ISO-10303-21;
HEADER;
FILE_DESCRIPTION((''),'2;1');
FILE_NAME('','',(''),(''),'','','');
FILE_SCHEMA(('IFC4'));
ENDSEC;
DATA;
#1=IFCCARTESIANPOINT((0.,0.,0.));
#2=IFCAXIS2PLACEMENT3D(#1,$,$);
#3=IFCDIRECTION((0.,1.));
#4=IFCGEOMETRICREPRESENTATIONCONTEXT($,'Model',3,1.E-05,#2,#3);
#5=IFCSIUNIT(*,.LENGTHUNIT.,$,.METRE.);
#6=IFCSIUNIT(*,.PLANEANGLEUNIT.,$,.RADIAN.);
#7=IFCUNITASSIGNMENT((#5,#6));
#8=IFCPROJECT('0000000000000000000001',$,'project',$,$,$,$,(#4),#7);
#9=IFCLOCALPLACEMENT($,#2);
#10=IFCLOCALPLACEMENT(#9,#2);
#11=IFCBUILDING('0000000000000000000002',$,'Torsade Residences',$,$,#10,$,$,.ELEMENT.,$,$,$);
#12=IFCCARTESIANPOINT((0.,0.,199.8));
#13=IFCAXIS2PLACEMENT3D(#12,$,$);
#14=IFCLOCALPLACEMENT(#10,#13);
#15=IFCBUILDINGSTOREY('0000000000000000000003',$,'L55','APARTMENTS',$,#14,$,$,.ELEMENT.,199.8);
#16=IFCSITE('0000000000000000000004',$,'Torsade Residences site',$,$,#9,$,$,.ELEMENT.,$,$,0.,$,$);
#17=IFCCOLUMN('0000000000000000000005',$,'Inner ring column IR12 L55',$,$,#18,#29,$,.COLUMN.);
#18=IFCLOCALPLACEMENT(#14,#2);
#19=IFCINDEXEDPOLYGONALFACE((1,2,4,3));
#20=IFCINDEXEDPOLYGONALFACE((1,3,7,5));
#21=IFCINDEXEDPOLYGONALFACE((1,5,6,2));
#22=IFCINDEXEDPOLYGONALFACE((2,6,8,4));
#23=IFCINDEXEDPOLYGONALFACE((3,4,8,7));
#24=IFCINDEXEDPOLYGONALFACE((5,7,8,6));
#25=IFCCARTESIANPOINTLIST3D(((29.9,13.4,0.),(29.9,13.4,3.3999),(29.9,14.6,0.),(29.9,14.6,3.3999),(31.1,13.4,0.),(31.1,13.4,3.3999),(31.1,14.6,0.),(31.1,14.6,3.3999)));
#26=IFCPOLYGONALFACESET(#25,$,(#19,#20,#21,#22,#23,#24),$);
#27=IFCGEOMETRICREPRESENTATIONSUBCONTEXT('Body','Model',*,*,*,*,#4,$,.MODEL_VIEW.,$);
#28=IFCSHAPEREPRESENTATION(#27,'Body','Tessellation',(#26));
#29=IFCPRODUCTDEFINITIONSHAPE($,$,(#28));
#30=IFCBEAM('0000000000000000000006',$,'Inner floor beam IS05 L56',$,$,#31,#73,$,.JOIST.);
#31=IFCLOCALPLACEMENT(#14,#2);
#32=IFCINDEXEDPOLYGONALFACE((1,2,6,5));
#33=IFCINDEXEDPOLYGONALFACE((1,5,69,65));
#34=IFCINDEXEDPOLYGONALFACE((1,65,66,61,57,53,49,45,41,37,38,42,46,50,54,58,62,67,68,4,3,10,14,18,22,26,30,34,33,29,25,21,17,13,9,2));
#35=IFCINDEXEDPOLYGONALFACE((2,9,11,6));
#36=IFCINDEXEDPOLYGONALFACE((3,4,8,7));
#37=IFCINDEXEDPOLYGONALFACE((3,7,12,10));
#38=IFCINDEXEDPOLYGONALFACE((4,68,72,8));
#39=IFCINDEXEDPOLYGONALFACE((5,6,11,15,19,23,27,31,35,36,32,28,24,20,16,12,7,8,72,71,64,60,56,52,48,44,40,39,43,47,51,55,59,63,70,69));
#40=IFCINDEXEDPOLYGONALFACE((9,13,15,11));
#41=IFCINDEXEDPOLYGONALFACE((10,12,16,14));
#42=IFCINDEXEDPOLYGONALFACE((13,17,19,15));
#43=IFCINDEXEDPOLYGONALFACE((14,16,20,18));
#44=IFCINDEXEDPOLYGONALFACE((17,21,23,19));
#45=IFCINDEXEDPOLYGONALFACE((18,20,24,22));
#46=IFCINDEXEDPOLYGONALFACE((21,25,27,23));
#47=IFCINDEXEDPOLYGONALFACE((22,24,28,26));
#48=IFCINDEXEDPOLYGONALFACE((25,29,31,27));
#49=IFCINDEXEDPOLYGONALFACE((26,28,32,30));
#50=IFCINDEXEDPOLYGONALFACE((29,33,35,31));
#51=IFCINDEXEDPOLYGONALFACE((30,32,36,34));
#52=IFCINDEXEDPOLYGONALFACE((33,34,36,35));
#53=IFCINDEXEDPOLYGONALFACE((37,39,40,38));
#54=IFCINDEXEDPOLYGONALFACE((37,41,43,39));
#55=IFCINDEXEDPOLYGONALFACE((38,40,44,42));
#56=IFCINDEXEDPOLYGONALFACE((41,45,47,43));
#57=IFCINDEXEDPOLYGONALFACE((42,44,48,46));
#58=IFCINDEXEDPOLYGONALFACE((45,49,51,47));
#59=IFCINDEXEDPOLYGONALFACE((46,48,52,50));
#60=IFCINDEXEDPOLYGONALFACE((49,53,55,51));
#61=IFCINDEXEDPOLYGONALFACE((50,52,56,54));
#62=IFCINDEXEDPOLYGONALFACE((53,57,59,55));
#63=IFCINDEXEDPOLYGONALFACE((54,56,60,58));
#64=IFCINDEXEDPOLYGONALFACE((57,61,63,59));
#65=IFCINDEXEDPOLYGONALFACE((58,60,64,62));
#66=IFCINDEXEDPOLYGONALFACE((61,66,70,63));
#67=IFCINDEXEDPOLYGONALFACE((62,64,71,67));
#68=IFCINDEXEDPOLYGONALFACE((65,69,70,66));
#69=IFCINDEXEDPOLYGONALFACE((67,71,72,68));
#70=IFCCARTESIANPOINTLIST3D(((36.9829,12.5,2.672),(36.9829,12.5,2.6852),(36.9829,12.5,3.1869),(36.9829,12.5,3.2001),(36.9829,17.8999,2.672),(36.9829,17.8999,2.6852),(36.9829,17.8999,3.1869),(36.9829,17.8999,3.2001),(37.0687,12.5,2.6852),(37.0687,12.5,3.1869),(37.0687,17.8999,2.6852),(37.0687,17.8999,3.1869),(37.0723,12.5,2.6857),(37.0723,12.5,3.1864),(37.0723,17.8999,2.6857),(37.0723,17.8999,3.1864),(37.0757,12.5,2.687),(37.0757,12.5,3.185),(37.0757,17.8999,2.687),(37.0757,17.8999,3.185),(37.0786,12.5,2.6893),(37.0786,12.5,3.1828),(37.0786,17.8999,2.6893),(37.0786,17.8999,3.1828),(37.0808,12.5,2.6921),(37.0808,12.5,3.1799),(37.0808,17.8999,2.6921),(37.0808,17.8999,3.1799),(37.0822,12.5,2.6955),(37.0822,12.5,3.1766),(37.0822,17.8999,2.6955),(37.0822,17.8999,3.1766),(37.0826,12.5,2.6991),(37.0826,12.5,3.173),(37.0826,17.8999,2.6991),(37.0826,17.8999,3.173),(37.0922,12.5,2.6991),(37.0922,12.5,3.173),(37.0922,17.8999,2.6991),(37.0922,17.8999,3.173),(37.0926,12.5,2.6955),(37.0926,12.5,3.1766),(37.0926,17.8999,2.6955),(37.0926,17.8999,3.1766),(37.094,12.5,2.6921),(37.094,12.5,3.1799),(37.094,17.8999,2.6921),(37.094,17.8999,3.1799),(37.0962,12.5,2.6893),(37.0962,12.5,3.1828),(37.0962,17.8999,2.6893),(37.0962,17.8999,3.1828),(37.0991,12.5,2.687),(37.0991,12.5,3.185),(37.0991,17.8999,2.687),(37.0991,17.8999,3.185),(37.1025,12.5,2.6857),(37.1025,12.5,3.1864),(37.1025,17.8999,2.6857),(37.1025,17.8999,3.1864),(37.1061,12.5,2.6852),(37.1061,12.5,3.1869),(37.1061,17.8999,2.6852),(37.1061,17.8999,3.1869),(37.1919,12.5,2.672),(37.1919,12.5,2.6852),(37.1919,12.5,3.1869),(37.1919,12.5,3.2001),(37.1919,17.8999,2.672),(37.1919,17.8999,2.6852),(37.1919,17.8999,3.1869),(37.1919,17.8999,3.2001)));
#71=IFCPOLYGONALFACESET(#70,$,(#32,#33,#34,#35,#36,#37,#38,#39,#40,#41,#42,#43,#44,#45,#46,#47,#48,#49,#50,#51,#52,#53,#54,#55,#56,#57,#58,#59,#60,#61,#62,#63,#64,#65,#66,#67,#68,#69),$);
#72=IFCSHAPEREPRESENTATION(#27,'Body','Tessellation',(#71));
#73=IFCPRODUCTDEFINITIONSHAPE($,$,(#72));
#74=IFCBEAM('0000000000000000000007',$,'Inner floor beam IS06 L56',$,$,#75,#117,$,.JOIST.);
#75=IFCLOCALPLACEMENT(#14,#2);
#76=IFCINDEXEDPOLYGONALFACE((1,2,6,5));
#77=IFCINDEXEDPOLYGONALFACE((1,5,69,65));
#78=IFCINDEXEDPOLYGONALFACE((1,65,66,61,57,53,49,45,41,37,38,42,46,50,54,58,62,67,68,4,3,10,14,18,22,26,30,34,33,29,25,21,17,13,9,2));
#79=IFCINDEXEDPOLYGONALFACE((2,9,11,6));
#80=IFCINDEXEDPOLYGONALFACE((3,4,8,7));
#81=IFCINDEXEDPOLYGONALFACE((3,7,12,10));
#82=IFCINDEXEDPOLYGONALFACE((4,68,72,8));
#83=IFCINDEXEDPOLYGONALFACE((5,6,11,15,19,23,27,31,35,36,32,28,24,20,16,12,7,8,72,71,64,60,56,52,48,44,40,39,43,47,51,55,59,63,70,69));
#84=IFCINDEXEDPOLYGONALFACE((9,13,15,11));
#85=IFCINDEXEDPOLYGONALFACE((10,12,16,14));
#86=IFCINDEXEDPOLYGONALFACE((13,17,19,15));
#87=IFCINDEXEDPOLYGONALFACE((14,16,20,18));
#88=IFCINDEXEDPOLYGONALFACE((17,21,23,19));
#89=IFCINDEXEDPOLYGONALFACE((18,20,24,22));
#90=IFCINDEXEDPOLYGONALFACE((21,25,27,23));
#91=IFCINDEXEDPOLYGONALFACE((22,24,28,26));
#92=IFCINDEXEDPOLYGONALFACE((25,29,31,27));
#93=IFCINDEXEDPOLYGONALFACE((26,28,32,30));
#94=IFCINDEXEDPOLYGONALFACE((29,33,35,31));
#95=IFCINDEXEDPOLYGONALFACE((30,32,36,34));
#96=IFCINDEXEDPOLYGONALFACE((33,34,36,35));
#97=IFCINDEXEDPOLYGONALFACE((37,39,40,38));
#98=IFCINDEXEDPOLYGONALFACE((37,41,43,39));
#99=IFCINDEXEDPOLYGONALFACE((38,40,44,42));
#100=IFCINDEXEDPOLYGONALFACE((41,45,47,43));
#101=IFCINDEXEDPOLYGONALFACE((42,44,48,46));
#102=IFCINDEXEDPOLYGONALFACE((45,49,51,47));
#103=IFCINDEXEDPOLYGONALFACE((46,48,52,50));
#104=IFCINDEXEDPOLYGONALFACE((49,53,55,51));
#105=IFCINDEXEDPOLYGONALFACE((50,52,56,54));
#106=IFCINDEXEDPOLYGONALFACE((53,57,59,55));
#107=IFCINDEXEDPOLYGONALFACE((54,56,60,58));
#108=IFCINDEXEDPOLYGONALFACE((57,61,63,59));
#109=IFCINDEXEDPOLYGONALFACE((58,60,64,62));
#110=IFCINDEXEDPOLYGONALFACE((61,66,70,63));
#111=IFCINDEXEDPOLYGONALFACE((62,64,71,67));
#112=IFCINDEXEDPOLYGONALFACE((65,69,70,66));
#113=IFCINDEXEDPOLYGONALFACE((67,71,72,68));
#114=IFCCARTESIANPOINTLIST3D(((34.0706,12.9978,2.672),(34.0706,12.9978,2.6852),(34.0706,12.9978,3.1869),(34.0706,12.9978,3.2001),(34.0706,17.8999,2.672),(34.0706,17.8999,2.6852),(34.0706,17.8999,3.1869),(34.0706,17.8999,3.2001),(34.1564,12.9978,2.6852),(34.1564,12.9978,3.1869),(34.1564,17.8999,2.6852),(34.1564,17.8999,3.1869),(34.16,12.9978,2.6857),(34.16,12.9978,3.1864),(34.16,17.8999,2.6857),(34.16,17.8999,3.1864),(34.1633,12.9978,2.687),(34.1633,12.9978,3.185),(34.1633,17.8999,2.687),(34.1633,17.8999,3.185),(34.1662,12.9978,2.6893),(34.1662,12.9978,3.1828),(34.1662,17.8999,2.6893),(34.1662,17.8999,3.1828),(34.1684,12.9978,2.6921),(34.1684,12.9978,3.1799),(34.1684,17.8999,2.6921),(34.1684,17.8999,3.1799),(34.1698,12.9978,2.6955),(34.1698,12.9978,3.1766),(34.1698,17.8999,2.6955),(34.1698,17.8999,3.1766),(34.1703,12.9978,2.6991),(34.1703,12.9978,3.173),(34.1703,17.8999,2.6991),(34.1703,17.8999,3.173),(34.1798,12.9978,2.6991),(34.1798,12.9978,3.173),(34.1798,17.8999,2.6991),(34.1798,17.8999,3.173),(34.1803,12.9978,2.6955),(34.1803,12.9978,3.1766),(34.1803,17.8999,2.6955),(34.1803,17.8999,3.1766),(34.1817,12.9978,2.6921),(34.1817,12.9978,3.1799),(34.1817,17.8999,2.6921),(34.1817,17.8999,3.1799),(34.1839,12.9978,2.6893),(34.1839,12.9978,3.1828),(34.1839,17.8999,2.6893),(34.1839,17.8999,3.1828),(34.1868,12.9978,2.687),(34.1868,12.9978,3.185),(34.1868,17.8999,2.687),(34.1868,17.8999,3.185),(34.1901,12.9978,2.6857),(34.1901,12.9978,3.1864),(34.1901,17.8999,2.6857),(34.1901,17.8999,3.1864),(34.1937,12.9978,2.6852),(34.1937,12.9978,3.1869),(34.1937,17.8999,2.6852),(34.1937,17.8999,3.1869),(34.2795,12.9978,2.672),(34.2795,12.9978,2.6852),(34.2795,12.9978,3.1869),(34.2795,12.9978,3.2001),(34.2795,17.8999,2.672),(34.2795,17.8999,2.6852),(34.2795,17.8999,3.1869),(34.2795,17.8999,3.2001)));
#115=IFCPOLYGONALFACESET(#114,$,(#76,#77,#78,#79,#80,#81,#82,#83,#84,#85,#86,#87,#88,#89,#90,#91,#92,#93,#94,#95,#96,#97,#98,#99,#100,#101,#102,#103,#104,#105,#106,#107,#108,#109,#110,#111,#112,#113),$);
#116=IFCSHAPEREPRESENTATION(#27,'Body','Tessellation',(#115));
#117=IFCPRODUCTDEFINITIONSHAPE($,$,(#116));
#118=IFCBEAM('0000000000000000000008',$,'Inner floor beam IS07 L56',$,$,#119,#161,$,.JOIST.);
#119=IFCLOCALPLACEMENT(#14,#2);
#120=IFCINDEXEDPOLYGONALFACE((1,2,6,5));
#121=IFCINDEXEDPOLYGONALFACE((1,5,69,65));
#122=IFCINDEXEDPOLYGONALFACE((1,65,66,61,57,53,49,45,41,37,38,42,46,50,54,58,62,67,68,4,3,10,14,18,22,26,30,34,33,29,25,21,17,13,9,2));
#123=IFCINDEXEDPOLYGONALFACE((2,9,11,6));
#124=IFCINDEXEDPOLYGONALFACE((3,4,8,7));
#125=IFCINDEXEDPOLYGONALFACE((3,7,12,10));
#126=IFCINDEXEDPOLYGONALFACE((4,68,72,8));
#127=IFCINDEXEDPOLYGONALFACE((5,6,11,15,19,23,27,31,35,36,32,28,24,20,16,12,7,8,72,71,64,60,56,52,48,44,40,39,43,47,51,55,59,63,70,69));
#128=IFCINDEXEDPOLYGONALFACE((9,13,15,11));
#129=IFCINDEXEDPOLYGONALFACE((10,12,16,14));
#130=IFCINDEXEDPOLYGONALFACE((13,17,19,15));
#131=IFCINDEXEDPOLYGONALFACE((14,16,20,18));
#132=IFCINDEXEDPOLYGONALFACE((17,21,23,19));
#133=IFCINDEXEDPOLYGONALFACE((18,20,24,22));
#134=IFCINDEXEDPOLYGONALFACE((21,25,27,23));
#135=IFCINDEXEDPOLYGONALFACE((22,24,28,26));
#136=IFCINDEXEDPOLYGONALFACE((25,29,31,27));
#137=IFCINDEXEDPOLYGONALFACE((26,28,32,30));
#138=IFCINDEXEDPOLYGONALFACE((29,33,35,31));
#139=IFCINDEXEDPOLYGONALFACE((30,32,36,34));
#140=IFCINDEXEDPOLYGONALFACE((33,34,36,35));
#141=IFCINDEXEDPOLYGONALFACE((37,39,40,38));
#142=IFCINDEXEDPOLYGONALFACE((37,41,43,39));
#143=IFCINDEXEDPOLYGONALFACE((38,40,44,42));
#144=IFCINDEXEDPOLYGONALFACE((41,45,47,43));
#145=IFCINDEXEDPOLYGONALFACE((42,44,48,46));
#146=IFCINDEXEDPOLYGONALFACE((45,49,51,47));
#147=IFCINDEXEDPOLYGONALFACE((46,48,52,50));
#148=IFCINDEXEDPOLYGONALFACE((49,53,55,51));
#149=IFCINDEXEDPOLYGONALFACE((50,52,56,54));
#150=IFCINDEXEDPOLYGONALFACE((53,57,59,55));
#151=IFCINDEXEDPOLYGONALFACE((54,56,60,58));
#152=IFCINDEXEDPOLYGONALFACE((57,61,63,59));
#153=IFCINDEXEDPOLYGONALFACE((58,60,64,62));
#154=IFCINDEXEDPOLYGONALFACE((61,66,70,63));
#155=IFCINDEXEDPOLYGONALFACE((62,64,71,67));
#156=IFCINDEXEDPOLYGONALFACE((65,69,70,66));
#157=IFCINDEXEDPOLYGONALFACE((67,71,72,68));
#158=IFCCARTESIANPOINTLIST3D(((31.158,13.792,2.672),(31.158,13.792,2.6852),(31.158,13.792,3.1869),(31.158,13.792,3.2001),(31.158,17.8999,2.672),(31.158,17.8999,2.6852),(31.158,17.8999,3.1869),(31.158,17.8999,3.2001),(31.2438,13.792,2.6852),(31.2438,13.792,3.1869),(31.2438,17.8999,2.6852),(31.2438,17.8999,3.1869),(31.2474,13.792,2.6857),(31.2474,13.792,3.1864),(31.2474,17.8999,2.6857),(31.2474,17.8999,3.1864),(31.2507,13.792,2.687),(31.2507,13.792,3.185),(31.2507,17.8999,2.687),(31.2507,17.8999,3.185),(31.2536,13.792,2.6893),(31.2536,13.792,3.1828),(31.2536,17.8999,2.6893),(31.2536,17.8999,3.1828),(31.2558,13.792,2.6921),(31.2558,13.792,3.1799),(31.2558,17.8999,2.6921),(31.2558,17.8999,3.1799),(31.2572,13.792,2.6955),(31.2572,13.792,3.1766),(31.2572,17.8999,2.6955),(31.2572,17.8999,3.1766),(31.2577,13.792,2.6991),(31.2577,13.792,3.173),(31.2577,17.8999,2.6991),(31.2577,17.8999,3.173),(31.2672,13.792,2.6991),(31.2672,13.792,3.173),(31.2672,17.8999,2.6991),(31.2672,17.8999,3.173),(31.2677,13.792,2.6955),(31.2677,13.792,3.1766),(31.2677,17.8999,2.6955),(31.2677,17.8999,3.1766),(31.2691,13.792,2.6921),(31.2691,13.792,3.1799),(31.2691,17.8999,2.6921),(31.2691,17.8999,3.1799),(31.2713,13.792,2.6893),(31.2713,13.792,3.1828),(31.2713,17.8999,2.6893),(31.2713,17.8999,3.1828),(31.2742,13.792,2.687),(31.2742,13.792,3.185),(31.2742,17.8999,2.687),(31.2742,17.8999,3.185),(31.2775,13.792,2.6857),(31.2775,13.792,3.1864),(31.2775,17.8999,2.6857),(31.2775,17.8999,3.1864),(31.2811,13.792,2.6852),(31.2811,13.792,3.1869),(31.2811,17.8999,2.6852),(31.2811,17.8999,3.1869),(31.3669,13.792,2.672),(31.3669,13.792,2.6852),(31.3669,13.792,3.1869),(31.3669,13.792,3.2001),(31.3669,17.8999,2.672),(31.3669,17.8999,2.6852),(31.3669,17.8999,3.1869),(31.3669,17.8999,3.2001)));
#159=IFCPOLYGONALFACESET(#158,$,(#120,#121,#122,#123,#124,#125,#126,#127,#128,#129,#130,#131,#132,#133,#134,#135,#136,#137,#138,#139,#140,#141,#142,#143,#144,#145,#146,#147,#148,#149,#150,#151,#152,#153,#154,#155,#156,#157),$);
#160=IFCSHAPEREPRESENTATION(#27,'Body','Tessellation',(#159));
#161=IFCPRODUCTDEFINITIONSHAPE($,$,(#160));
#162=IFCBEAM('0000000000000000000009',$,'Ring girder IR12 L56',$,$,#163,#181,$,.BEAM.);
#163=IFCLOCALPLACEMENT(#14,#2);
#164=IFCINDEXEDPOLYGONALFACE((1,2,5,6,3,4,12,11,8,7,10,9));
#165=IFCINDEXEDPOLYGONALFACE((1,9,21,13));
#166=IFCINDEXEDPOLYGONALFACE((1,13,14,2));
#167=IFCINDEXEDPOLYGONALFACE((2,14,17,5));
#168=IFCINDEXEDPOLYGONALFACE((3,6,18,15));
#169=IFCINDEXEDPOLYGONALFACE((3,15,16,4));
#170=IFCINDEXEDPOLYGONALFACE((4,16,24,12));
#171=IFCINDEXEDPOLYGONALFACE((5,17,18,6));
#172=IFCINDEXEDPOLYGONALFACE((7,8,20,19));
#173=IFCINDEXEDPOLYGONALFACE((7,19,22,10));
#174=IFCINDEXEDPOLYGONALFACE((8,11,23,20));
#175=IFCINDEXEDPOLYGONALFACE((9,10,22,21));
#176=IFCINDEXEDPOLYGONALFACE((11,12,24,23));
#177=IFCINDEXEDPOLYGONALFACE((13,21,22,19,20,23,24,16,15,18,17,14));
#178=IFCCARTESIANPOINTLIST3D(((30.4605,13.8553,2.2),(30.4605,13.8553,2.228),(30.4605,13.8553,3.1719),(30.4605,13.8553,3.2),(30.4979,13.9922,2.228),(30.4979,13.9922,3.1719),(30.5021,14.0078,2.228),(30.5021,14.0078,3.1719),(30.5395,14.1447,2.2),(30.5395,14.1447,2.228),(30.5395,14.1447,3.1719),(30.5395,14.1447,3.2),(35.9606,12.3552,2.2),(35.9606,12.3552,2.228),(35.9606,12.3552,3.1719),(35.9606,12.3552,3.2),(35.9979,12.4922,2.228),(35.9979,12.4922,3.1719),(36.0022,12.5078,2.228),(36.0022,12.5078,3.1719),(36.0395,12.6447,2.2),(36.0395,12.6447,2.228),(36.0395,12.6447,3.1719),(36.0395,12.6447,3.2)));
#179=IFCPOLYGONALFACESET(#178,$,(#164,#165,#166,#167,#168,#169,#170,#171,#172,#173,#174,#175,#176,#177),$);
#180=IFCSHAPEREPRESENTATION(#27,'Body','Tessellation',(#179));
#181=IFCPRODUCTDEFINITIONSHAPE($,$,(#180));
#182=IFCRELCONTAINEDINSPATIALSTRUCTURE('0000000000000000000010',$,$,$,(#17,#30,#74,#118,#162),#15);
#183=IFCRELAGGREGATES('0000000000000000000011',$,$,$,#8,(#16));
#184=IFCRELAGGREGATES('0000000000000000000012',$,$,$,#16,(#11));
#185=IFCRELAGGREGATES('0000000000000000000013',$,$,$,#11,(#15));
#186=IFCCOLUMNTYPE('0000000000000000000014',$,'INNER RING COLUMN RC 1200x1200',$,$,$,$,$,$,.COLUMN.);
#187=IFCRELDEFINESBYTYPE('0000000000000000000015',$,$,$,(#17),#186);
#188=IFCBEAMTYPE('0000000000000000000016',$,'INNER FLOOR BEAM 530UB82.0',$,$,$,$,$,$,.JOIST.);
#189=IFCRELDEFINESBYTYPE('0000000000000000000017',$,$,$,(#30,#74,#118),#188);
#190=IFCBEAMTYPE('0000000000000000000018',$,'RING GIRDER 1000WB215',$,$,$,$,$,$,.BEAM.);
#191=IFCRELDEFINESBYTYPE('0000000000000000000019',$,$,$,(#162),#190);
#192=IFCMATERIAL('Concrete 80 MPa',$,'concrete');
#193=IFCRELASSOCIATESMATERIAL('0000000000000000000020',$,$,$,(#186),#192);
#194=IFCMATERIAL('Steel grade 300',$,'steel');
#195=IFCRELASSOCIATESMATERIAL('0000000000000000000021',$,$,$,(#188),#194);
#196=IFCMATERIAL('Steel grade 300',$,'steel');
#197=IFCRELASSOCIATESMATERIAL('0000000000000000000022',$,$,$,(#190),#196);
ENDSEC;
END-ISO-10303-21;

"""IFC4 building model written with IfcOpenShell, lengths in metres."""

from ifc_helpers import new_model, si_unit, direction, frame, origin, origin_2d, place, context, subcontext, project, spatial, rectangle, i_section, extrude, material, material_profile, profile_set, type_object, element, save


model = new_model("IFC4")

# Units and contexts
model_context = context("Model", 3, precision=1e-05, world=origin(), true_north=direction((0.0, 1.0)))
body_context = subcontext(model_context, "Body", "Model", "MODEL_VIEW")
ifc_project = project(units=[si_unit("LENGTHUNIT", "METRE"), si_unit("PLANEANGLEUNIT", "RADIAN")], contexts=[model_context])

# Site, building, storey
site_placement = place(None, origin())
site = spatial("IfcSite", under=ifc_project, at=site_placement, Name="Torsade Residences site", CompositionType="ELEMENT", RefElevation=0.0)
building_placement = place(site_placement, origin())
building = spatial("IfcBuilding", under=site, at=building_placement, Name="Torsade Residences", CompositionType="ELEMENT")
storey_placement = place(building_placement, frame((0.0, 0.0, 199.8)))
storey = spatial("IfcBuildingStorey", under=building, at=storey_placement, Name="L55", Description="APARTMENTS", CompositionType="ELEMENT", Elevation=199.8)

# Column
ifc_material_1 = material(Name="Concrete 80 MPa", Category="concrete")
ifc_material_profile_1 = material_profile(ifc_material_1, rectangle(XDim=1.2, YDim=1.2, at=origin_2d()), Name="RC 1200x1200")
ifc_profile_set_1 = profile_set([ifc_material_profile_1], Name="Concrete 80 MPa")
column_type = type_object("IfcColumnType", Name="INNER RING COLUMN RC 1200x1200", PredefinedType="COLUMN", material=ifc_profile_set_1)
column_placement = place(storey_placement, frame((30.5, 14.0, 0.0), z_axis=(0.0, 0.0, 1.0), x_axis=(1.0, 0.0, 0.0)))
element("IfcColumn", 1, at=column_placement, inside=storey, type_object=column_type, Name="Inner ring column IR12 L55", PredefinedType="COLUMN", context=body_context, shape_type="SweptSolid", body=[
    extrude(rectangle(XDim=1.2, YDim=1.2, at=origin_2d()), origin(), (0.0, 0.0, 1.0), 3.3999),
])

# Beams
ifc_material_2 = material(Name="Steel grade 300", Category="steel")
ifc_material_profile_2 = material_profile(ifc_material_2, i_section(OverallWidth=0.209, OverallDepth=0.5281, WebThickness=0.0095, FlangeThickness=0.0132, FilletRadius=0.0139, at=origin_2d()), Name="530UB82.0")
ifc_profile_set_2 = profile_set([ifc_material_profile_2], Name="Steel grade 300")
beam_type_1 = type_object("IfcBeamType", Name="INNER FLOOR BEAM 530UB82.0", PredefinedType="JOIST", material=ifc_profile_set_2)
beam_1_placement = place(storey_placement, frame((37.0874, 17.8999, 2.936), z_axis=(0.0, -1.0, 0.0), x_axis=(1.0, 0.0, 0.0)))
element("IfcBeam", 2, at=beam_1_placement, inside=storey, type_object=beam_type_1, Name="Inner floor beam IS05 L56", PredefinedType="JOIST", context=body_context, shape_type="SweptSolid", body=[
    extrude(i_section(OverallWidth=0.209, OverallDepth=0.5281, WebThickness=0.0095, FlangeThickness=0.0132, FilletRadius=0.0139, at=origin_2d()), origin(), (0.0, 0.0, 1.0), 5.3999),
])
beam_2_placement = place(storey_placement, frame((34.175, 17.8999, 2.936), z_axis=(0.0, -1.0, 0.0), x_axis=(1.0, 0.0, 0.0)))
element("IfcBeam", 3, at=beam_2_placement, inside=storey, type_object=beam_type_1, Name="Inner floor beam IS06 L56", PredefinedType="JOIST", context=body_context, shape_type="SweptSolid", body=[
    extrude(i_section(OverallWidth=0.209, OverallDepth=0.5281, WebThickness=0.0095, FlangeThickness=0.0132, FilletRadius=0.0139, at=origin_2d()), origin(), (0.0, 0.0, 1.0), 4.9021),
])
beam_3_placement = place(storey_placement, frame((31.2625, 17.8999, 2.936), z_axis=(0.0, -1.0, 0.0), x_axis=(1.0, 0.0, 0.0)))
element("IfcBeam", 4, at=beam_3_placement, inside=storey, type_object=beam_type_1, Name="Inner floor beam IS07 L56", PredefinedType="JOIST", context=body_context, shape_type="SweptSolid", body=[
    extrude(i_section(OverallWidth=0.209, OverallDepth=0.5281, WebThickness=0.0095, FlangeThickness=0.0132, FilletRadius=0.0139, at=origin_2d()), origin(), (0.0, 0.0, 1.0), 4.1079),
])
ifc_material_3 = material(Name="Steel grade 300", Category="steel")
ifc_material_profile_3 = material_profile(ifc_material_3, i_section(OverallWidth=0.3, OverallDepth=1.0, WebThickness=0.0161, FlangeThickness=0.0281, at=origin_2d()), Name="1000WB215")
ifc_profile_set_3 = profile_set([ifc_material_profile_3], Name="Steel grade 300")
beam_type_2 = type_object("IfcBeamType", Name="RING GIRDER 1000WB215", PredefinedType="BEAM", material=ifc_profile_set_3)
beam_4_placement = place(storey_placement, frame((30.5, 14.0, 2.7), z_axis=(0.964764, -0.263117, 0.0), x_axis=(0.263117, 0.964764, 0.0)))
element("IfcBeam", 5, at=beam_4_placement, inside=storey, type_object=beam_type_2, Name="Ring girder IR12 L56", PredefinedType="BEAM", context=body_context, shape_type="SweptSolid", body=[
    extrude(i_section(OverallWidth=0.3, OverallDepth=1.0, WebThickness=0.0161, FlangeThickness=0.0281, at=origin_2d()), origin(), (0.0, 0.0, 1.0), 5.7009),
])

save(model, "model.ifc")
